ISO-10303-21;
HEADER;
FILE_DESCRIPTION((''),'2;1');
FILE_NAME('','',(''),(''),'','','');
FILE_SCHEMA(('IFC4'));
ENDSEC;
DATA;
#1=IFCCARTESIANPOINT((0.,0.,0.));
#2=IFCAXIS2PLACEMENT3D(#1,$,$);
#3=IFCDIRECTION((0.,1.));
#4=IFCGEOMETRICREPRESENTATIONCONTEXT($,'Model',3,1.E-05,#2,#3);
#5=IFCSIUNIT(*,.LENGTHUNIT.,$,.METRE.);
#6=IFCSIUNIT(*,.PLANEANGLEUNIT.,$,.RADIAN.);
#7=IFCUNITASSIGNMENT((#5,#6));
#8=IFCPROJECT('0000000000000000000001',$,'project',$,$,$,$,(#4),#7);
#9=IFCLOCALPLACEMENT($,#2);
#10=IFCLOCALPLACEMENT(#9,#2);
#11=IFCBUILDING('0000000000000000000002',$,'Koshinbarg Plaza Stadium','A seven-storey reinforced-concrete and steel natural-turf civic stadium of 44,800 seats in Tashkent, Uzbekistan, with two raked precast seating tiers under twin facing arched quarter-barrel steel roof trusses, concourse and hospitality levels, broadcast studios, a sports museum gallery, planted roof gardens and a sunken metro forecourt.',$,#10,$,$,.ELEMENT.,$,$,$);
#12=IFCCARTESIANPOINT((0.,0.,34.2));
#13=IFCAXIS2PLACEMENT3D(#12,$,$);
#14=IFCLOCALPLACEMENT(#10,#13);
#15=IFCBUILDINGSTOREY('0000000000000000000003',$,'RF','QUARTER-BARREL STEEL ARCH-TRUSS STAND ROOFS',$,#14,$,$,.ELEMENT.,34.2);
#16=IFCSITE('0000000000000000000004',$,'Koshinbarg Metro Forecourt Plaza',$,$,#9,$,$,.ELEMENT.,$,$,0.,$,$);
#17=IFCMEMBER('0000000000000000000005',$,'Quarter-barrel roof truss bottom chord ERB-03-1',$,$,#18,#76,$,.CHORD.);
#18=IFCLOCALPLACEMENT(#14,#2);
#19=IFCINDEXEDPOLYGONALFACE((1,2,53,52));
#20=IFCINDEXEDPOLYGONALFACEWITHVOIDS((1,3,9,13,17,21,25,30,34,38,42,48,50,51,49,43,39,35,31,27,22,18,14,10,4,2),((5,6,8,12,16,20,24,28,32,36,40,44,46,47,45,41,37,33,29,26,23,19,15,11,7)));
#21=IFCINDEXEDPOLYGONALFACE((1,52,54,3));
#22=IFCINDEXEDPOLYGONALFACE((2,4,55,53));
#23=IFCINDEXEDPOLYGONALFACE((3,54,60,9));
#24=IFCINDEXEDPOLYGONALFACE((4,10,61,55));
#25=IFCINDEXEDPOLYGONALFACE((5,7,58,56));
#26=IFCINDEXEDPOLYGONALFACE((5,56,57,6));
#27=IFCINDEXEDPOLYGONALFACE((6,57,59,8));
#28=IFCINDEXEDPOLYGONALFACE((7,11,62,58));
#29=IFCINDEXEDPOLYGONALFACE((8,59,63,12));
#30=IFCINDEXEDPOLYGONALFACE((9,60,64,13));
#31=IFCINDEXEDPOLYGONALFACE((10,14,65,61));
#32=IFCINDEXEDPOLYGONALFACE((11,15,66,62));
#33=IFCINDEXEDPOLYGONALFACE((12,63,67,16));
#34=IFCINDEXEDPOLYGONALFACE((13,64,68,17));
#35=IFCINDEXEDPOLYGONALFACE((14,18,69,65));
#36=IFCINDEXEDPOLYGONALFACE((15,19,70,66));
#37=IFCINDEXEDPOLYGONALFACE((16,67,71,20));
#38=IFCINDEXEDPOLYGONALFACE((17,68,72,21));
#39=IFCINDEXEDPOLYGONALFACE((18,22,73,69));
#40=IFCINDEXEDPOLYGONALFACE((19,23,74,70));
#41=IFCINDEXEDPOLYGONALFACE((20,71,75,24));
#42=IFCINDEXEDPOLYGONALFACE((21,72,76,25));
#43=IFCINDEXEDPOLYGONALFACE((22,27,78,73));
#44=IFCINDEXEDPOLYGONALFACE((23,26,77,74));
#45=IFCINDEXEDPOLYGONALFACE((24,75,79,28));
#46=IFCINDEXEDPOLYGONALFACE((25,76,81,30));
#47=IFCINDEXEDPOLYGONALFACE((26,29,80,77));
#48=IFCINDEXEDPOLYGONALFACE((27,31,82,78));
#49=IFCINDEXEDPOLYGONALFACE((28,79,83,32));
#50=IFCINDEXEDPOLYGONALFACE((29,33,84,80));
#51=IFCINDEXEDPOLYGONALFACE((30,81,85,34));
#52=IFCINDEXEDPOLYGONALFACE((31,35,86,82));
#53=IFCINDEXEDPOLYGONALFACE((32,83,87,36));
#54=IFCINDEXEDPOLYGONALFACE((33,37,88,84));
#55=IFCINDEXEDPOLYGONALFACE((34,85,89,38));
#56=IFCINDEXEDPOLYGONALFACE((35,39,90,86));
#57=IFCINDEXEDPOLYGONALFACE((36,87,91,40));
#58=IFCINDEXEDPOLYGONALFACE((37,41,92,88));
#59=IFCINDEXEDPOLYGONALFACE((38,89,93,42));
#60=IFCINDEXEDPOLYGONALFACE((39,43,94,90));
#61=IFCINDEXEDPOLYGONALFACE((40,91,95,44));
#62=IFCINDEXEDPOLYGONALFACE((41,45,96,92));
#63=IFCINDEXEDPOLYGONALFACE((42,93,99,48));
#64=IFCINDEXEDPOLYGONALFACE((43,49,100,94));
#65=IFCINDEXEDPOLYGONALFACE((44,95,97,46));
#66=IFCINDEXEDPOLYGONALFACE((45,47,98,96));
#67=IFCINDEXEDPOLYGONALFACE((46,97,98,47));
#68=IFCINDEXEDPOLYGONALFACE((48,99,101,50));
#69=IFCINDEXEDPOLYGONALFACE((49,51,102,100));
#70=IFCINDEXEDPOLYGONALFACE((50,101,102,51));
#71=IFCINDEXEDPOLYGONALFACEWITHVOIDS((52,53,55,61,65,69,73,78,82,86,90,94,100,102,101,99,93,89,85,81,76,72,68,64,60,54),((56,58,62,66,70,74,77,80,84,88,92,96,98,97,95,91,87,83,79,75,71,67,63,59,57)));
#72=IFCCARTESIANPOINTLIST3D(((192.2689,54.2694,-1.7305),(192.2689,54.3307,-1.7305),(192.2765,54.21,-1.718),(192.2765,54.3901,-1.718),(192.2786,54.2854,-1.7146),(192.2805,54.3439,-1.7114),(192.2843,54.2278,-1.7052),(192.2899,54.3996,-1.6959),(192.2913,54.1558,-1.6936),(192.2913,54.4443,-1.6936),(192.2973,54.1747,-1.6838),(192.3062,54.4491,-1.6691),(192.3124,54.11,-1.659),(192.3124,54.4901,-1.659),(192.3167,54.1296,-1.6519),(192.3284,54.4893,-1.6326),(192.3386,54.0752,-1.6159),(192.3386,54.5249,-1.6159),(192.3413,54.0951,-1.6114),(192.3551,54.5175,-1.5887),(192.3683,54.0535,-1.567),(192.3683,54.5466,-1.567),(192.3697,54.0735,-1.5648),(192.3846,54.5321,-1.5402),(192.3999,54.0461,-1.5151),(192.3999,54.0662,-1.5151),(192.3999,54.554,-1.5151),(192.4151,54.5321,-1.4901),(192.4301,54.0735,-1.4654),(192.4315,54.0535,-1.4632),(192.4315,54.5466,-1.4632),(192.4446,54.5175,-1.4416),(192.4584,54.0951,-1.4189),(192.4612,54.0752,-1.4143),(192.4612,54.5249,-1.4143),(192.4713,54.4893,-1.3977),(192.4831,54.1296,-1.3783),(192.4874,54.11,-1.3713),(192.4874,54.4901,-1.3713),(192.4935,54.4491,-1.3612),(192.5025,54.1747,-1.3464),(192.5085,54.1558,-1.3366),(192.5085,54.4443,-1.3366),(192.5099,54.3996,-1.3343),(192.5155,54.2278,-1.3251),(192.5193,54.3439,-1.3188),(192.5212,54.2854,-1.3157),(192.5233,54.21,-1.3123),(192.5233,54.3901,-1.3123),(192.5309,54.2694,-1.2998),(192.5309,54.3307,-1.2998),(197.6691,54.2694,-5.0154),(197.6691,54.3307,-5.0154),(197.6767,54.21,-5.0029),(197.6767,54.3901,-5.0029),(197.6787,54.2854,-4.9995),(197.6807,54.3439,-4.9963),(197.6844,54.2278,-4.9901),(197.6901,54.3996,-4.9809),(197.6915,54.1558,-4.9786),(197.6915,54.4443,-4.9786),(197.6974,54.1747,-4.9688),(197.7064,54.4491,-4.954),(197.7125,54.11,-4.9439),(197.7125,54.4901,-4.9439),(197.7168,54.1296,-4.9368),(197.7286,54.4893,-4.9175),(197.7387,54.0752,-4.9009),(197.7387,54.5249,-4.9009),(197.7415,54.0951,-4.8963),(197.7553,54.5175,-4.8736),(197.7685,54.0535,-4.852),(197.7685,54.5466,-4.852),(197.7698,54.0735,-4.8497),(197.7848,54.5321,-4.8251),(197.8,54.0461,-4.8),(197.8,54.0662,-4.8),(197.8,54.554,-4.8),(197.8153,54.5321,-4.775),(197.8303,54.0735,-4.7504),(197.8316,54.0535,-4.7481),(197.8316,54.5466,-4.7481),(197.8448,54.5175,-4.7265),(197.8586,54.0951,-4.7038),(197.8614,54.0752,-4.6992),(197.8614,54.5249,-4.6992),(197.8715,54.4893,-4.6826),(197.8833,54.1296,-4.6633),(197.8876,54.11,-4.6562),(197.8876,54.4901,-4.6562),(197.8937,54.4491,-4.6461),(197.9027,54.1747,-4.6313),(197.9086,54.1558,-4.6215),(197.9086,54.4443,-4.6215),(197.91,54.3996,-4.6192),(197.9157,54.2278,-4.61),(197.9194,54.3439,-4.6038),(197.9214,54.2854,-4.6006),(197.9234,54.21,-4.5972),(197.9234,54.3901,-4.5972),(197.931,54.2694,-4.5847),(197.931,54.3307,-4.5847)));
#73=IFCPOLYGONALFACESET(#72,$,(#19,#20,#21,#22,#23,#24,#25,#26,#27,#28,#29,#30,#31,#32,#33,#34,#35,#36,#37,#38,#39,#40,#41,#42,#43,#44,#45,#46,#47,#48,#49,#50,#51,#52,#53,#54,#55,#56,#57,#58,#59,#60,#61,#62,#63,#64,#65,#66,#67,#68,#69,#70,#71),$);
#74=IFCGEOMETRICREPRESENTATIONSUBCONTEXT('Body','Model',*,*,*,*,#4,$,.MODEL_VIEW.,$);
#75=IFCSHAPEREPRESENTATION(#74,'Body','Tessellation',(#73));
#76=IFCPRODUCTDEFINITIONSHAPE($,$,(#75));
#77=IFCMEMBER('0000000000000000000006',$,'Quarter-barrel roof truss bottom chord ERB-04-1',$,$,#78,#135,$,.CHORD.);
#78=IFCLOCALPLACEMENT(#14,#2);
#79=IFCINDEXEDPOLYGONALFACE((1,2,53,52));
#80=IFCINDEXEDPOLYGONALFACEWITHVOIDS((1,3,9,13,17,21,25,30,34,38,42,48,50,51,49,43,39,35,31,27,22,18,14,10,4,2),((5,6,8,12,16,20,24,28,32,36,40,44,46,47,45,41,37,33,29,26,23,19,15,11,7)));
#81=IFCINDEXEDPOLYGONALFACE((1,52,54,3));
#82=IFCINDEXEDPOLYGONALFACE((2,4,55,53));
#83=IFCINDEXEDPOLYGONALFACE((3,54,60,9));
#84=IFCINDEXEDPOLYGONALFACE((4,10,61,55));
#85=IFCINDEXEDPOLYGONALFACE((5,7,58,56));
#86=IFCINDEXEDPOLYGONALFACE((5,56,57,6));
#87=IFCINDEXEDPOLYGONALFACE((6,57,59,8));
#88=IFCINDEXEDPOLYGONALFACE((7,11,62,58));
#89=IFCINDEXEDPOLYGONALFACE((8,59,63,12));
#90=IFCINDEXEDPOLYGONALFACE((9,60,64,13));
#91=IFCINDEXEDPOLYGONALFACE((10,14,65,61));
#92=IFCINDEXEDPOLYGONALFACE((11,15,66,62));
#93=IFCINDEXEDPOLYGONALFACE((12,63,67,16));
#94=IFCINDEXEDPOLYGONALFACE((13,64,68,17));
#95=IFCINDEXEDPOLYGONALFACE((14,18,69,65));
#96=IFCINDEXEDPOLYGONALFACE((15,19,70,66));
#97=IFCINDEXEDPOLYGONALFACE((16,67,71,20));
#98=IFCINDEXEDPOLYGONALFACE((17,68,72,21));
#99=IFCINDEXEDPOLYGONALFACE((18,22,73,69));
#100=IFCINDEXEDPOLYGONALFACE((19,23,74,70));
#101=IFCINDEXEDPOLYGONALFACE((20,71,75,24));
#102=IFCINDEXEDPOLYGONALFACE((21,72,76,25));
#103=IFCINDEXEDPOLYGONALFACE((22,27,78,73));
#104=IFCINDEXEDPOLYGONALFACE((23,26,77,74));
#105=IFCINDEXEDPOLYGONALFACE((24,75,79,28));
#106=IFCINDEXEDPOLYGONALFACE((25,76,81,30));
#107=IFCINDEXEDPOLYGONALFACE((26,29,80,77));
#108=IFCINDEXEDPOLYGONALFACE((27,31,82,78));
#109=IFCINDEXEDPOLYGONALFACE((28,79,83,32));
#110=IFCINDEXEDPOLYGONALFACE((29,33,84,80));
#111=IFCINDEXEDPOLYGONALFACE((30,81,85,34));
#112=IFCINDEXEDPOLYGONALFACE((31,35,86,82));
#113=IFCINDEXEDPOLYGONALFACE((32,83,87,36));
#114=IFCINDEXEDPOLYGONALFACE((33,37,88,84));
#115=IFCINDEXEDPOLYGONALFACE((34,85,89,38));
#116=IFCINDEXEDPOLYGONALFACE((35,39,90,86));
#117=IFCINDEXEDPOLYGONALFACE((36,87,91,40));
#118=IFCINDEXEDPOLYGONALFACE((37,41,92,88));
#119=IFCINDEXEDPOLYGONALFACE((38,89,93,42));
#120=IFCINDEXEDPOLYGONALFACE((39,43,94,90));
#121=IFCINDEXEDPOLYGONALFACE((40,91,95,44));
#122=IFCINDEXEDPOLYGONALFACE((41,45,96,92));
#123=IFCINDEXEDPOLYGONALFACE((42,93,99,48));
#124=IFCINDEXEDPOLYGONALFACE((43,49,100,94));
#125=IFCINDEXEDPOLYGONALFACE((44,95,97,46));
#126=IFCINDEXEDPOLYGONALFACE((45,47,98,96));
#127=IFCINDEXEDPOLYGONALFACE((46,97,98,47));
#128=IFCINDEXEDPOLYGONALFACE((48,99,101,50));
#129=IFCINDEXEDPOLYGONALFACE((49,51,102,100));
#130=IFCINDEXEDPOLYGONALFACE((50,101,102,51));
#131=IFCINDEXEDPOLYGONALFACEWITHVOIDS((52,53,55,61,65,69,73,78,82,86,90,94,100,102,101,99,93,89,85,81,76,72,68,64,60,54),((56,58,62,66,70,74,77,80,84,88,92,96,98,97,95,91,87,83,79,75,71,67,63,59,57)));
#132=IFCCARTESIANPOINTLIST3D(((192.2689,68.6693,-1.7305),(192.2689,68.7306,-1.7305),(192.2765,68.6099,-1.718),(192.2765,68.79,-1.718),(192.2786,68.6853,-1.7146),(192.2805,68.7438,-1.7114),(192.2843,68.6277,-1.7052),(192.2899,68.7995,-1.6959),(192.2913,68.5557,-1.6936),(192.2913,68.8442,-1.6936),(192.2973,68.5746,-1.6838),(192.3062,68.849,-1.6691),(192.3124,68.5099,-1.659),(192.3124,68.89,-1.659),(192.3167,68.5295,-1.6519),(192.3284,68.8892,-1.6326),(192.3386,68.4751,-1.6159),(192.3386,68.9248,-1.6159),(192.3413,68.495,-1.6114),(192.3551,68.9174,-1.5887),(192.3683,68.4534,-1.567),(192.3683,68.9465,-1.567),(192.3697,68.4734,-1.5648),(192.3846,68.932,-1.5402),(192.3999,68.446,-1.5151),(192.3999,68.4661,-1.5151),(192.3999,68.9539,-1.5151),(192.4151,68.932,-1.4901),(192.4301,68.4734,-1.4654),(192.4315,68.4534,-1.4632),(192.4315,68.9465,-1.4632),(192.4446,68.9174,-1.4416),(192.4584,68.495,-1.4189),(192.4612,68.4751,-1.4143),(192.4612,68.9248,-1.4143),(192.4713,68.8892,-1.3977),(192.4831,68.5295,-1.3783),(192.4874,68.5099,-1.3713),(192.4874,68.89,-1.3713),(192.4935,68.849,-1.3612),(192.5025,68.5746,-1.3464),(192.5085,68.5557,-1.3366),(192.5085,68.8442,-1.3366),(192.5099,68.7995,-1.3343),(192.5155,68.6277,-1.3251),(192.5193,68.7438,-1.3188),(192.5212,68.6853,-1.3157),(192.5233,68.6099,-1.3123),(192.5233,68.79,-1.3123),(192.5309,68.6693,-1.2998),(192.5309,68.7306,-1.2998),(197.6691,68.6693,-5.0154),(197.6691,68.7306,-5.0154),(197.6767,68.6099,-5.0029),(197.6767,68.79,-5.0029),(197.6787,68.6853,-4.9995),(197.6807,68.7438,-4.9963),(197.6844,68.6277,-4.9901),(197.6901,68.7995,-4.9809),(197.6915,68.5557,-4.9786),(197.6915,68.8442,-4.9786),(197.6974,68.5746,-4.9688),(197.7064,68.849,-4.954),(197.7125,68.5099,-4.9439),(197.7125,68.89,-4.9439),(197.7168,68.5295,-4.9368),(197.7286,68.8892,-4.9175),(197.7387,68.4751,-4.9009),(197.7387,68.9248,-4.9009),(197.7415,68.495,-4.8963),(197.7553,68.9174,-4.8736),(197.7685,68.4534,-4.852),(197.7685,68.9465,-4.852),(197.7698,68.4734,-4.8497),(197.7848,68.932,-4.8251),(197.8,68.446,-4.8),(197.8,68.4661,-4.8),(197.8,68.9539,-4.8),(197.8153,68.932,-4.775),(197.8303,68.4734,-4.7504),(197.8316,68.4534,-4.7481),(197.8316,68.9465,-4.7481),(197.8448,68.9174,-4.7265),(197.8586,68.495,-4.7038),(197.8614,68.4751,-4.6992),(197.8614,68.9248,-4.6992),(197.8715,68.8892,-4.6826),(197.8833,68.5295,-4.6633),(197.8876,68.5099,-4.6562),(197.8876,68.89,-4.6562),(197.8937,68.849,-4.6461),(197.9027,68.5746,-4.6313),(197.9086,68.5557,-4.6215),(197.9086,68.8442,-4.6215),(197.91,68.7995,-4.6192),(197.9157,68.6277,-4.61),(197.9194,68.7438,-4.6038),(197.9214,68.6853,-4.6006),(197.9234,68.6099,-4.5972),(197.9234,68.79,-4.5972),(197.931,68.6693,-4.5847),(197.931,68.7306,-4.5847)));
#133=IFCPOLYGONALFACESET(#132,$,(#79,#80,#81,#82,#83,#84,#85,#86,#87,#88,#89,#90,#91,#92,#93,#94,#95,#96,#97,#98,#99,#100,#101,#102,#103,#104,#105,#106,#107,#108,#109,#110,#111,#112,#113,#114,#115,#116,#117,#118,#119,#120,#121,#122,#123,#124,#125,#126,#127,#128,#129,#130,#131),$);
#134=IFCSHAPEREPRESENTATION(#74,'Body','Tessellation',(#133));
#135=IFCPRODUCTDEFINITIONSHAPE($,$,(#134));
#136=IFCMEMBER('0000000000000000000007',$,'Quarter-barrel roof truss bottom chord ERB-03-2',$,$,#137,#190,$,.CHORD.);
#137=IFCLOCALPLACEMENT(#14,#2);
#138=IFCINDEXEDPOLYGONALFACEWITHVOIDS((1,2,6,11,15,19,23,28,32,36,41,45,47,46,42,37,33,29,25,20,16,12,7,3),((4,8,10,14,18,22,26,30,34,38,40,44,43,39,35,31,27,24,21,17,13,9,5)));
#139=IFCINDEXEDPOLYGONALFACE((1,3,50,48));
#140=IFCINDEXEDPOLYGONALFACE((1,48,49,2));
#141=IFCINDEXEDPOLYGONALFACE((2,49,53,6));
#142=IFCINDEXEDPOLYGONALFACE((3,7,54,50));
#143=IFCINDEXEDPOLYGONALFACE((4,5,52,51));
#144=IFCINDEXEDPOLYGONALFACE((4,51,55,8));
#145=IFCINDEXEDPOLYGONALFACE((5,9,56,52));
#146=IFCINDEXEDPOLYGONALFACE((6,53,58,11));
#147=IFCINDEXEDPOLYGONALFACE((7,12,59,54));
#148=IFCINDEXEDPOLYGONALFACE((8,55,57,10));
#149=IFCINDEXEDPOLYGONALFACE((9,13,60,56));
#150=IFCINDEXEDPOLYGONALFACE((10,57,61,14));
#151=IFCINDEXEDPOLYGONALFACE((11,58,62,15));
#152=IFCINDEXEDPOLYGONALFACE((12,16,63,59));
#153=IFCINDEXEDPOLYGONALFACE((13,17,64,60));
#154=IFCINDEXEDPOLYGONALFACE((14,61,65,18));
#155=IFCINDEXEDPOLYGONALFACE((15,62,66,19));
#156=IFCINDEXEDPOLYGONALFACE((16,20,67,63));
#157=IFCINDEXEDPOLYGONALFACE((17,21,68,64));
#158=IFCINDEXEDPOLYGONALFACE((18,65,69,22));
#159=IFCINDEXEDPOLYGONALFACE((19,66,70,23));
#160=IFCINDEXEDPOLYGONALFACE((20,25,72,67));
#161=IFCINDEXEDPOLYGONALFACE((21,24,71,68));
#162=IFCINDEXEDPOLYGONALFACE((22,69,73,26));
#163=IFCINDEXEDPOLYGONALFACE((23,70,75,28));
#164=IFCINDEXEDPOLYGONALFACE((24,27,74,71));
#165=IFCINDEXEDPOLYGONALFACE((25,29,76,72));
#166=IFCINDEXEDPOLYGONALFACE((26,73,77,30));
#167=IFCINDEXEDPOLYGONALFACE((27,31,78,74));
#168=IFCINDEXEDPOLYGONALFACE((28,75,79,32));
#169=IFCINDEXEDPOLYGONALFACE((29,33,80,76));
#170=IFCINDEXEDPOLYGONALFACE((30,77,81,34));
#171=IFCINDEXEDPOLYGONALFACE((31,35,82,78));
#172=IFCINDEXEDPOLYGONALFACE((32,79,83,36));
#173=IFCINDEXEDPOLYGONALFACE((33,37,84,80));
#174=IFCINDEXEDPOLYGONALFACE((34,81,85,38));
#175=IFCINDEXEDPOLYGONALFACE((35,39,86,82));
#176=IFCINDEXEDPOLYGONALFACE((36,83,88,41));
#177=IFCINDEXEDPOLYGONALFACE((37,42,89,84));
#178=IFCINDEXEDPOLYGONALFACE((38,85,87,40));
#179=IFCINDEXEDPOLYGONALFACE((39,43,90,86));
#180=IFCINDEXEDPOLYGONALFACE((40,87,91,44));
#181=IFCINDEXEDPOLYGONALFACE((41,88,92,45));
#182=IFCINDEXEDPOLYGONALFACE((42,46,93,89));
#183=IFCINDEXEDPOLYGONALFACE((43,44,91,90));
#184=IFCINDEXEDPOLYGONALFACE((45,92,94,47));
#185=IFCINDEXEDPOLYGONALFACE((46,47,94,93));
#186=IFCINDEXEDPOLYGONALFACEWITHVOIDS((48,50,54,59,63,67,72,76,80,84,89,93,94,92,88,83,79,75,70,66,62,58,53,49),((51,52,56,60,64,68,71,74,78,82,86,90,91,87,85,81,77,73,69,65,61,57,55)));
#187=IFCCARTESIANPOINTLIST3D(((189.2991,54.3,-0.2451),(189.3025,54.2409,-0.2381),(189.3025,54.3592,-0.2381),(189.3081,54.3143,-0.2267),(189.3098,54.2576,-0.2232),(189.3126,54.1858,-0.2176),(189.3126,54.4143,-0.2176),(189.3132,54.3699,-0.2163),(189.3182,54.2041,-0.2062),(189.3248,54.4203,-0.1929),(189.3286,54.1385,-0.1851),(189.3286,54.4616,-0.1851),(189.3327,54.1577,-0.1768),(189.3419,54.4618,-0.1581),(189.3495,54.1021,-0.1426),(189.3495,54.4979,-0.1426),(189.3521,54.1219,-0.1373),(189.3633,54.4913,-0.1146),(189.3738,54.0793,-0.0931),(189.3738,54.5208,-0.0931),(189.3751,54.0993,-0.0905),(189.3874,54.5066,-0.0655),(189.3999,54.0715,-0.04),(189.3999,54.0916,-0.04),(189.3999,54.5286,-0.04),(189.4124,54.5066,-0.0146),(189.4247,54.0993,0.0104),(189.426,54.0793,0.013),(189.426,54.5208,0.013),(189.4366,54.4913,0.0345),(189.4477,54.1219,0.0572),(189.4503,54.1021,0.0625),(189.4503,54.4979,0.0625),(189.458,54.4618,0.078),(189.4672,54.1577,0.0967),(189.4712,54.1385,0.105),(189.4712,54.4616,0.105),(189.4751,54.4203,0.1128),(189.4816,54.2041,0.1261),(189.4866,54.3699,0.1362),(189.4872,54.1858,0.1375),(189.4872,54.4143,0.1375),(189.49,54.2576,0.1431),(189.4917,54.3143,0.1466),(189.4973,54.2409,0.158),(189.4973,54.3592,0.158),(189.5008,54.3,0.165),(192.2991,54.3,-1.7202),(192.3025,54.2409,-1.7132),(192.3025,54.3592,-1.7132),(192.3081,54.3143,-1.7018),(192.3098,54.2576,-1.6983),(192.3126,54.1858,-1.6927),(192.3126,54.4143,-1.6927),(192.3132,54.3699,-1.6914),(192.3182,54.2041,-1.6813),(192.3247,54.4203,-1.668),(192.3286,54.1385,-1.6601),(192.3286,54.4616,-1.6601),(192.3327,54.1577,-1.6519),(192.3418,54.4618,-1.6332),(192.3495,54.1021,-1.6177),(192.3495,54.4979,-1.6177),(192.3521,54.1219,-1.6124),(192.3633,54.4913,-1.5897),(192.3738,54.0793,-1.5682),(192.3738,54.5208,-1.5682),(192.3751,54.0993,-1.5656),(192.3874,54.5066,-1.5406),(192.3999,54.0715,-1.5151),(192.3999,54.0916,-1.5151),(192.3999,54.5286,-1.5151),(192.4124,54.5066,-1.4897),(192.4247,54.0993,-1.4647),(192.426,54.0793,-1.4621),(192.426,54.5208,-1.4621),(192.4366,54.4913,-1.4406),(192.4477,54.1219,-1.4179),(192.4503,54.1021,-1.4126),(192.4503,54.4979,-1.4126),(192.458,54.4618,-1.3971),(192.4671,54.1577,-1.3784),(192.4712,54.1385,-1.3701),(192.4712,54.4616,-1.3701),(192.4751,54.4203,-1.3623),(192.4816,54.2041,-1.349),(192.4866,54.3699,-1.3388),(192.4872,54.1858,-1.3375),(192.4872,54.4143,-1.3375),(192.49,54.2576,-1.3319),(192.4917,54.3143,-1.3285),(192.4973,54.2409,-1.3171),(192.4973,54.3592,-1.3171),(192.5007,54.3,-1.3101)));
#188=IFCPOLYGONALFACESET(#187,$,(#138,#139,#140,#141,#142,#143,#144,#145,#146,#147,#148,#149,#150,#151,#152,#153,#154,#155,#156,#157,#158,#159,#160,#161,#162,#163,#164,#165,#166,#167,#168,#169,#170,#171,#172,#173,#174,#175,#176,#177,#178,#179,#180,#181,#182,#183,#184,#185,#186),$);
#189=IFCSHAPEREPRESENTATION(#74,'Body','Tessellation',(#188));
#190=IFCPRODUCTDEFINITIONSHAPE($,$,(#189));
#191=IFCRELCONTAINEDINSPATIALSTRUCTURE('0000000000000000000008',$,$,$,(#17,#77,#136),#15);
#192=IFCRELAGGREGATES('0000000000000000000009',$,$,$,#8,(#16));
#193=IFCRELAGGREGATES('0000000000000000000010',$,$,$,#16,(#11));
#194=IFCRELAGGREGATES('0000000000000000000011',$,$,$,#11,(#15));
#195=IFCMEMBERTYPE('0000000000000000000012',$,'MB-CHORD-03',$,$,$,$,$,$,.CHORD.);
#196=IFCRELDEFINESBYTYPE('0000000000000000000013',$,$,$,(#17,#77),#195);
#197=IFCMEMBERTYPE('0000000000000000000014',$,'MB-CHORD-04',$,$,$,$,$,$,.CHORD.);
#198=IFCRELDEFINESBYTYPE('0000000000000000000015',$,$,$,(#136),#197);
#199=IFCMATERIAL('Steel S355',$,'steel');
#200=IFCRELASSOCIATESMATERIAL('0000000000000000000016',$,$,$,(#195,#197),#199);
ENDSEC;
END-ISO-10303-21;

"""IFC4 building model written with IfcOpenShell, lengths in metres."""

from ifc_helpers import new_model, si_unit, direction, frame, origin, origin_2d, place, context, subcontext, project, spatial, hollow_circle, extrude, material, material_profile, profile_set, type_object, element, save


model = new_model("IFC4")

# Units and contexts
model_context = context("Model", 3, precision=1e-05, world=origin(), true_north=direction((0.0, 1.0)))
body_context = subcontext(model_context, "Body", "Model", "MODEL_VIEW")
ifc_project = project(units=[si_unit("LENGTHUNIT", "METRE"), si_unit("PLANEANGLEUNIT", "RADIAN")], contexts=[model_context])

# Site, building, storey
site_placement = place(None, origin())
site = spatial("IfcSite", under=ifc_project, at=site_placement, Name="Koshinbarg Metro Forecourt Plaza", CompositionType="ELEMENT", RefElevation=0.0)
building_placement = place(site_placement, origin())
building = spatial("IfcBuilding", under=site, at=building_placement, Name="Koshinbarg Plaza Stadium", Description="A seven-storey reinforced-concrete and steel natural-turf civic stadium of 44,800 seats in Tashkent, Uzbekistan, with two raked precast seating tiers under twin facing arched quarter-barrel steel roof trusses, concourse and hospitality levels, broadcast studios, a sports museum gallery, planted roof gardens and a sunken metro forecourt.", CompositionType="ELEMENT")
storey_placement = place(building_placement, frame((0.0, 0.0, 34.2)))
storey = spatial("IfcBuildingStorey", under=building, at=storey_placement, Name="RF", Description="QUARTER-BARREL STEEL ARCH-TRUSS STAND ROOFS", CompositionType="ELEMENT", Elevation=34.2)

# Members
ifc_material_1 = material(Name="Steel S355", Category="steel")
ifc_material_profile_1 = material_profile(ifc_material_1, hollow_circle(Radius=0.2539, WallThickness=0.02, at=origin_2d()), Name="CHS 508x20")
ifc_profile_set_1 = profile_set([ifc_material_profile_1], Name="Steel S355")
member_type_1 = type_object("IfcMemberType", Name="MB-CHORD-03", PredefinedType="CHORD", material=ifc_profile_set_1)
for number, where, z_axis, x_axis, name in (
    (1, (197.8, 54.3, -4.8), (-0.854348, 0.0, 0.519701), (0.0, -1.0, 0.0), "Quarter-barrel roof truss bottom chord ERB-03-1"),
    (2, (197.8, 68.7, -4.8), (-0.854348, 0.0, 0.519701), (0.0, -1.0, 0.0), "Quarter-barrel roof truss bottom chord ERB-04-1"),
):
    element("IfcMember", number, at=place(storey_placement, frame(where, z_axis=z_axis, x_axis=x_axis)), inside=storey, type_object=member_type_1, Name=name, PredefinedType="CHORD", context=body_context, shape_type="SweptSolid", body=[
        extrude(hollow_circle(Radius=0.2539, WallThickness=0.02, at=origin_2d()), origin(), (0.0, 0.0, 1.0), 6.3208),
    ])
ifc_material_profile_2 = material_profile(ifc_material_1, hollow_circle(Radius=0.2285, WallThickness=0.02, at=origin_2d()), Name="CHS 457x20")
ifc_profile_set_2 = profile_set([ifc_material_profile_2], Name="Steel S355")
member_type_2 = type_object("IfcMemberType", Name="MB-CHORD-04", PredefinedType="CHORD", material=ifc_profile_set_2)
for number, where, z_axis, x_axis, name in (
    (3, (192.3999, 54.3, -1.5151), (-0.897387, 0.0, 0.441244), (0.0, -1.0, 0.0), "Quarter-barrel roof truss bottom chord ERB-03-2"),
):
    element("IfcMember", number, at=place(storey_placement, frame(where, z_axis=z_axis, x_axis=x_axis)), inside=storey, type_object=member_type_2, Name=name, PredefinedType="CHORD", context=body_context, shape_type="SweptSolid", body=[
        extrude(hollow_circle(Radius=0.2285, WallThickness=0.02, at=origin_2d()), origin(), (0.0, 0.0, 1.0), 3.343),
    ])

save(model, "model.ifc")
